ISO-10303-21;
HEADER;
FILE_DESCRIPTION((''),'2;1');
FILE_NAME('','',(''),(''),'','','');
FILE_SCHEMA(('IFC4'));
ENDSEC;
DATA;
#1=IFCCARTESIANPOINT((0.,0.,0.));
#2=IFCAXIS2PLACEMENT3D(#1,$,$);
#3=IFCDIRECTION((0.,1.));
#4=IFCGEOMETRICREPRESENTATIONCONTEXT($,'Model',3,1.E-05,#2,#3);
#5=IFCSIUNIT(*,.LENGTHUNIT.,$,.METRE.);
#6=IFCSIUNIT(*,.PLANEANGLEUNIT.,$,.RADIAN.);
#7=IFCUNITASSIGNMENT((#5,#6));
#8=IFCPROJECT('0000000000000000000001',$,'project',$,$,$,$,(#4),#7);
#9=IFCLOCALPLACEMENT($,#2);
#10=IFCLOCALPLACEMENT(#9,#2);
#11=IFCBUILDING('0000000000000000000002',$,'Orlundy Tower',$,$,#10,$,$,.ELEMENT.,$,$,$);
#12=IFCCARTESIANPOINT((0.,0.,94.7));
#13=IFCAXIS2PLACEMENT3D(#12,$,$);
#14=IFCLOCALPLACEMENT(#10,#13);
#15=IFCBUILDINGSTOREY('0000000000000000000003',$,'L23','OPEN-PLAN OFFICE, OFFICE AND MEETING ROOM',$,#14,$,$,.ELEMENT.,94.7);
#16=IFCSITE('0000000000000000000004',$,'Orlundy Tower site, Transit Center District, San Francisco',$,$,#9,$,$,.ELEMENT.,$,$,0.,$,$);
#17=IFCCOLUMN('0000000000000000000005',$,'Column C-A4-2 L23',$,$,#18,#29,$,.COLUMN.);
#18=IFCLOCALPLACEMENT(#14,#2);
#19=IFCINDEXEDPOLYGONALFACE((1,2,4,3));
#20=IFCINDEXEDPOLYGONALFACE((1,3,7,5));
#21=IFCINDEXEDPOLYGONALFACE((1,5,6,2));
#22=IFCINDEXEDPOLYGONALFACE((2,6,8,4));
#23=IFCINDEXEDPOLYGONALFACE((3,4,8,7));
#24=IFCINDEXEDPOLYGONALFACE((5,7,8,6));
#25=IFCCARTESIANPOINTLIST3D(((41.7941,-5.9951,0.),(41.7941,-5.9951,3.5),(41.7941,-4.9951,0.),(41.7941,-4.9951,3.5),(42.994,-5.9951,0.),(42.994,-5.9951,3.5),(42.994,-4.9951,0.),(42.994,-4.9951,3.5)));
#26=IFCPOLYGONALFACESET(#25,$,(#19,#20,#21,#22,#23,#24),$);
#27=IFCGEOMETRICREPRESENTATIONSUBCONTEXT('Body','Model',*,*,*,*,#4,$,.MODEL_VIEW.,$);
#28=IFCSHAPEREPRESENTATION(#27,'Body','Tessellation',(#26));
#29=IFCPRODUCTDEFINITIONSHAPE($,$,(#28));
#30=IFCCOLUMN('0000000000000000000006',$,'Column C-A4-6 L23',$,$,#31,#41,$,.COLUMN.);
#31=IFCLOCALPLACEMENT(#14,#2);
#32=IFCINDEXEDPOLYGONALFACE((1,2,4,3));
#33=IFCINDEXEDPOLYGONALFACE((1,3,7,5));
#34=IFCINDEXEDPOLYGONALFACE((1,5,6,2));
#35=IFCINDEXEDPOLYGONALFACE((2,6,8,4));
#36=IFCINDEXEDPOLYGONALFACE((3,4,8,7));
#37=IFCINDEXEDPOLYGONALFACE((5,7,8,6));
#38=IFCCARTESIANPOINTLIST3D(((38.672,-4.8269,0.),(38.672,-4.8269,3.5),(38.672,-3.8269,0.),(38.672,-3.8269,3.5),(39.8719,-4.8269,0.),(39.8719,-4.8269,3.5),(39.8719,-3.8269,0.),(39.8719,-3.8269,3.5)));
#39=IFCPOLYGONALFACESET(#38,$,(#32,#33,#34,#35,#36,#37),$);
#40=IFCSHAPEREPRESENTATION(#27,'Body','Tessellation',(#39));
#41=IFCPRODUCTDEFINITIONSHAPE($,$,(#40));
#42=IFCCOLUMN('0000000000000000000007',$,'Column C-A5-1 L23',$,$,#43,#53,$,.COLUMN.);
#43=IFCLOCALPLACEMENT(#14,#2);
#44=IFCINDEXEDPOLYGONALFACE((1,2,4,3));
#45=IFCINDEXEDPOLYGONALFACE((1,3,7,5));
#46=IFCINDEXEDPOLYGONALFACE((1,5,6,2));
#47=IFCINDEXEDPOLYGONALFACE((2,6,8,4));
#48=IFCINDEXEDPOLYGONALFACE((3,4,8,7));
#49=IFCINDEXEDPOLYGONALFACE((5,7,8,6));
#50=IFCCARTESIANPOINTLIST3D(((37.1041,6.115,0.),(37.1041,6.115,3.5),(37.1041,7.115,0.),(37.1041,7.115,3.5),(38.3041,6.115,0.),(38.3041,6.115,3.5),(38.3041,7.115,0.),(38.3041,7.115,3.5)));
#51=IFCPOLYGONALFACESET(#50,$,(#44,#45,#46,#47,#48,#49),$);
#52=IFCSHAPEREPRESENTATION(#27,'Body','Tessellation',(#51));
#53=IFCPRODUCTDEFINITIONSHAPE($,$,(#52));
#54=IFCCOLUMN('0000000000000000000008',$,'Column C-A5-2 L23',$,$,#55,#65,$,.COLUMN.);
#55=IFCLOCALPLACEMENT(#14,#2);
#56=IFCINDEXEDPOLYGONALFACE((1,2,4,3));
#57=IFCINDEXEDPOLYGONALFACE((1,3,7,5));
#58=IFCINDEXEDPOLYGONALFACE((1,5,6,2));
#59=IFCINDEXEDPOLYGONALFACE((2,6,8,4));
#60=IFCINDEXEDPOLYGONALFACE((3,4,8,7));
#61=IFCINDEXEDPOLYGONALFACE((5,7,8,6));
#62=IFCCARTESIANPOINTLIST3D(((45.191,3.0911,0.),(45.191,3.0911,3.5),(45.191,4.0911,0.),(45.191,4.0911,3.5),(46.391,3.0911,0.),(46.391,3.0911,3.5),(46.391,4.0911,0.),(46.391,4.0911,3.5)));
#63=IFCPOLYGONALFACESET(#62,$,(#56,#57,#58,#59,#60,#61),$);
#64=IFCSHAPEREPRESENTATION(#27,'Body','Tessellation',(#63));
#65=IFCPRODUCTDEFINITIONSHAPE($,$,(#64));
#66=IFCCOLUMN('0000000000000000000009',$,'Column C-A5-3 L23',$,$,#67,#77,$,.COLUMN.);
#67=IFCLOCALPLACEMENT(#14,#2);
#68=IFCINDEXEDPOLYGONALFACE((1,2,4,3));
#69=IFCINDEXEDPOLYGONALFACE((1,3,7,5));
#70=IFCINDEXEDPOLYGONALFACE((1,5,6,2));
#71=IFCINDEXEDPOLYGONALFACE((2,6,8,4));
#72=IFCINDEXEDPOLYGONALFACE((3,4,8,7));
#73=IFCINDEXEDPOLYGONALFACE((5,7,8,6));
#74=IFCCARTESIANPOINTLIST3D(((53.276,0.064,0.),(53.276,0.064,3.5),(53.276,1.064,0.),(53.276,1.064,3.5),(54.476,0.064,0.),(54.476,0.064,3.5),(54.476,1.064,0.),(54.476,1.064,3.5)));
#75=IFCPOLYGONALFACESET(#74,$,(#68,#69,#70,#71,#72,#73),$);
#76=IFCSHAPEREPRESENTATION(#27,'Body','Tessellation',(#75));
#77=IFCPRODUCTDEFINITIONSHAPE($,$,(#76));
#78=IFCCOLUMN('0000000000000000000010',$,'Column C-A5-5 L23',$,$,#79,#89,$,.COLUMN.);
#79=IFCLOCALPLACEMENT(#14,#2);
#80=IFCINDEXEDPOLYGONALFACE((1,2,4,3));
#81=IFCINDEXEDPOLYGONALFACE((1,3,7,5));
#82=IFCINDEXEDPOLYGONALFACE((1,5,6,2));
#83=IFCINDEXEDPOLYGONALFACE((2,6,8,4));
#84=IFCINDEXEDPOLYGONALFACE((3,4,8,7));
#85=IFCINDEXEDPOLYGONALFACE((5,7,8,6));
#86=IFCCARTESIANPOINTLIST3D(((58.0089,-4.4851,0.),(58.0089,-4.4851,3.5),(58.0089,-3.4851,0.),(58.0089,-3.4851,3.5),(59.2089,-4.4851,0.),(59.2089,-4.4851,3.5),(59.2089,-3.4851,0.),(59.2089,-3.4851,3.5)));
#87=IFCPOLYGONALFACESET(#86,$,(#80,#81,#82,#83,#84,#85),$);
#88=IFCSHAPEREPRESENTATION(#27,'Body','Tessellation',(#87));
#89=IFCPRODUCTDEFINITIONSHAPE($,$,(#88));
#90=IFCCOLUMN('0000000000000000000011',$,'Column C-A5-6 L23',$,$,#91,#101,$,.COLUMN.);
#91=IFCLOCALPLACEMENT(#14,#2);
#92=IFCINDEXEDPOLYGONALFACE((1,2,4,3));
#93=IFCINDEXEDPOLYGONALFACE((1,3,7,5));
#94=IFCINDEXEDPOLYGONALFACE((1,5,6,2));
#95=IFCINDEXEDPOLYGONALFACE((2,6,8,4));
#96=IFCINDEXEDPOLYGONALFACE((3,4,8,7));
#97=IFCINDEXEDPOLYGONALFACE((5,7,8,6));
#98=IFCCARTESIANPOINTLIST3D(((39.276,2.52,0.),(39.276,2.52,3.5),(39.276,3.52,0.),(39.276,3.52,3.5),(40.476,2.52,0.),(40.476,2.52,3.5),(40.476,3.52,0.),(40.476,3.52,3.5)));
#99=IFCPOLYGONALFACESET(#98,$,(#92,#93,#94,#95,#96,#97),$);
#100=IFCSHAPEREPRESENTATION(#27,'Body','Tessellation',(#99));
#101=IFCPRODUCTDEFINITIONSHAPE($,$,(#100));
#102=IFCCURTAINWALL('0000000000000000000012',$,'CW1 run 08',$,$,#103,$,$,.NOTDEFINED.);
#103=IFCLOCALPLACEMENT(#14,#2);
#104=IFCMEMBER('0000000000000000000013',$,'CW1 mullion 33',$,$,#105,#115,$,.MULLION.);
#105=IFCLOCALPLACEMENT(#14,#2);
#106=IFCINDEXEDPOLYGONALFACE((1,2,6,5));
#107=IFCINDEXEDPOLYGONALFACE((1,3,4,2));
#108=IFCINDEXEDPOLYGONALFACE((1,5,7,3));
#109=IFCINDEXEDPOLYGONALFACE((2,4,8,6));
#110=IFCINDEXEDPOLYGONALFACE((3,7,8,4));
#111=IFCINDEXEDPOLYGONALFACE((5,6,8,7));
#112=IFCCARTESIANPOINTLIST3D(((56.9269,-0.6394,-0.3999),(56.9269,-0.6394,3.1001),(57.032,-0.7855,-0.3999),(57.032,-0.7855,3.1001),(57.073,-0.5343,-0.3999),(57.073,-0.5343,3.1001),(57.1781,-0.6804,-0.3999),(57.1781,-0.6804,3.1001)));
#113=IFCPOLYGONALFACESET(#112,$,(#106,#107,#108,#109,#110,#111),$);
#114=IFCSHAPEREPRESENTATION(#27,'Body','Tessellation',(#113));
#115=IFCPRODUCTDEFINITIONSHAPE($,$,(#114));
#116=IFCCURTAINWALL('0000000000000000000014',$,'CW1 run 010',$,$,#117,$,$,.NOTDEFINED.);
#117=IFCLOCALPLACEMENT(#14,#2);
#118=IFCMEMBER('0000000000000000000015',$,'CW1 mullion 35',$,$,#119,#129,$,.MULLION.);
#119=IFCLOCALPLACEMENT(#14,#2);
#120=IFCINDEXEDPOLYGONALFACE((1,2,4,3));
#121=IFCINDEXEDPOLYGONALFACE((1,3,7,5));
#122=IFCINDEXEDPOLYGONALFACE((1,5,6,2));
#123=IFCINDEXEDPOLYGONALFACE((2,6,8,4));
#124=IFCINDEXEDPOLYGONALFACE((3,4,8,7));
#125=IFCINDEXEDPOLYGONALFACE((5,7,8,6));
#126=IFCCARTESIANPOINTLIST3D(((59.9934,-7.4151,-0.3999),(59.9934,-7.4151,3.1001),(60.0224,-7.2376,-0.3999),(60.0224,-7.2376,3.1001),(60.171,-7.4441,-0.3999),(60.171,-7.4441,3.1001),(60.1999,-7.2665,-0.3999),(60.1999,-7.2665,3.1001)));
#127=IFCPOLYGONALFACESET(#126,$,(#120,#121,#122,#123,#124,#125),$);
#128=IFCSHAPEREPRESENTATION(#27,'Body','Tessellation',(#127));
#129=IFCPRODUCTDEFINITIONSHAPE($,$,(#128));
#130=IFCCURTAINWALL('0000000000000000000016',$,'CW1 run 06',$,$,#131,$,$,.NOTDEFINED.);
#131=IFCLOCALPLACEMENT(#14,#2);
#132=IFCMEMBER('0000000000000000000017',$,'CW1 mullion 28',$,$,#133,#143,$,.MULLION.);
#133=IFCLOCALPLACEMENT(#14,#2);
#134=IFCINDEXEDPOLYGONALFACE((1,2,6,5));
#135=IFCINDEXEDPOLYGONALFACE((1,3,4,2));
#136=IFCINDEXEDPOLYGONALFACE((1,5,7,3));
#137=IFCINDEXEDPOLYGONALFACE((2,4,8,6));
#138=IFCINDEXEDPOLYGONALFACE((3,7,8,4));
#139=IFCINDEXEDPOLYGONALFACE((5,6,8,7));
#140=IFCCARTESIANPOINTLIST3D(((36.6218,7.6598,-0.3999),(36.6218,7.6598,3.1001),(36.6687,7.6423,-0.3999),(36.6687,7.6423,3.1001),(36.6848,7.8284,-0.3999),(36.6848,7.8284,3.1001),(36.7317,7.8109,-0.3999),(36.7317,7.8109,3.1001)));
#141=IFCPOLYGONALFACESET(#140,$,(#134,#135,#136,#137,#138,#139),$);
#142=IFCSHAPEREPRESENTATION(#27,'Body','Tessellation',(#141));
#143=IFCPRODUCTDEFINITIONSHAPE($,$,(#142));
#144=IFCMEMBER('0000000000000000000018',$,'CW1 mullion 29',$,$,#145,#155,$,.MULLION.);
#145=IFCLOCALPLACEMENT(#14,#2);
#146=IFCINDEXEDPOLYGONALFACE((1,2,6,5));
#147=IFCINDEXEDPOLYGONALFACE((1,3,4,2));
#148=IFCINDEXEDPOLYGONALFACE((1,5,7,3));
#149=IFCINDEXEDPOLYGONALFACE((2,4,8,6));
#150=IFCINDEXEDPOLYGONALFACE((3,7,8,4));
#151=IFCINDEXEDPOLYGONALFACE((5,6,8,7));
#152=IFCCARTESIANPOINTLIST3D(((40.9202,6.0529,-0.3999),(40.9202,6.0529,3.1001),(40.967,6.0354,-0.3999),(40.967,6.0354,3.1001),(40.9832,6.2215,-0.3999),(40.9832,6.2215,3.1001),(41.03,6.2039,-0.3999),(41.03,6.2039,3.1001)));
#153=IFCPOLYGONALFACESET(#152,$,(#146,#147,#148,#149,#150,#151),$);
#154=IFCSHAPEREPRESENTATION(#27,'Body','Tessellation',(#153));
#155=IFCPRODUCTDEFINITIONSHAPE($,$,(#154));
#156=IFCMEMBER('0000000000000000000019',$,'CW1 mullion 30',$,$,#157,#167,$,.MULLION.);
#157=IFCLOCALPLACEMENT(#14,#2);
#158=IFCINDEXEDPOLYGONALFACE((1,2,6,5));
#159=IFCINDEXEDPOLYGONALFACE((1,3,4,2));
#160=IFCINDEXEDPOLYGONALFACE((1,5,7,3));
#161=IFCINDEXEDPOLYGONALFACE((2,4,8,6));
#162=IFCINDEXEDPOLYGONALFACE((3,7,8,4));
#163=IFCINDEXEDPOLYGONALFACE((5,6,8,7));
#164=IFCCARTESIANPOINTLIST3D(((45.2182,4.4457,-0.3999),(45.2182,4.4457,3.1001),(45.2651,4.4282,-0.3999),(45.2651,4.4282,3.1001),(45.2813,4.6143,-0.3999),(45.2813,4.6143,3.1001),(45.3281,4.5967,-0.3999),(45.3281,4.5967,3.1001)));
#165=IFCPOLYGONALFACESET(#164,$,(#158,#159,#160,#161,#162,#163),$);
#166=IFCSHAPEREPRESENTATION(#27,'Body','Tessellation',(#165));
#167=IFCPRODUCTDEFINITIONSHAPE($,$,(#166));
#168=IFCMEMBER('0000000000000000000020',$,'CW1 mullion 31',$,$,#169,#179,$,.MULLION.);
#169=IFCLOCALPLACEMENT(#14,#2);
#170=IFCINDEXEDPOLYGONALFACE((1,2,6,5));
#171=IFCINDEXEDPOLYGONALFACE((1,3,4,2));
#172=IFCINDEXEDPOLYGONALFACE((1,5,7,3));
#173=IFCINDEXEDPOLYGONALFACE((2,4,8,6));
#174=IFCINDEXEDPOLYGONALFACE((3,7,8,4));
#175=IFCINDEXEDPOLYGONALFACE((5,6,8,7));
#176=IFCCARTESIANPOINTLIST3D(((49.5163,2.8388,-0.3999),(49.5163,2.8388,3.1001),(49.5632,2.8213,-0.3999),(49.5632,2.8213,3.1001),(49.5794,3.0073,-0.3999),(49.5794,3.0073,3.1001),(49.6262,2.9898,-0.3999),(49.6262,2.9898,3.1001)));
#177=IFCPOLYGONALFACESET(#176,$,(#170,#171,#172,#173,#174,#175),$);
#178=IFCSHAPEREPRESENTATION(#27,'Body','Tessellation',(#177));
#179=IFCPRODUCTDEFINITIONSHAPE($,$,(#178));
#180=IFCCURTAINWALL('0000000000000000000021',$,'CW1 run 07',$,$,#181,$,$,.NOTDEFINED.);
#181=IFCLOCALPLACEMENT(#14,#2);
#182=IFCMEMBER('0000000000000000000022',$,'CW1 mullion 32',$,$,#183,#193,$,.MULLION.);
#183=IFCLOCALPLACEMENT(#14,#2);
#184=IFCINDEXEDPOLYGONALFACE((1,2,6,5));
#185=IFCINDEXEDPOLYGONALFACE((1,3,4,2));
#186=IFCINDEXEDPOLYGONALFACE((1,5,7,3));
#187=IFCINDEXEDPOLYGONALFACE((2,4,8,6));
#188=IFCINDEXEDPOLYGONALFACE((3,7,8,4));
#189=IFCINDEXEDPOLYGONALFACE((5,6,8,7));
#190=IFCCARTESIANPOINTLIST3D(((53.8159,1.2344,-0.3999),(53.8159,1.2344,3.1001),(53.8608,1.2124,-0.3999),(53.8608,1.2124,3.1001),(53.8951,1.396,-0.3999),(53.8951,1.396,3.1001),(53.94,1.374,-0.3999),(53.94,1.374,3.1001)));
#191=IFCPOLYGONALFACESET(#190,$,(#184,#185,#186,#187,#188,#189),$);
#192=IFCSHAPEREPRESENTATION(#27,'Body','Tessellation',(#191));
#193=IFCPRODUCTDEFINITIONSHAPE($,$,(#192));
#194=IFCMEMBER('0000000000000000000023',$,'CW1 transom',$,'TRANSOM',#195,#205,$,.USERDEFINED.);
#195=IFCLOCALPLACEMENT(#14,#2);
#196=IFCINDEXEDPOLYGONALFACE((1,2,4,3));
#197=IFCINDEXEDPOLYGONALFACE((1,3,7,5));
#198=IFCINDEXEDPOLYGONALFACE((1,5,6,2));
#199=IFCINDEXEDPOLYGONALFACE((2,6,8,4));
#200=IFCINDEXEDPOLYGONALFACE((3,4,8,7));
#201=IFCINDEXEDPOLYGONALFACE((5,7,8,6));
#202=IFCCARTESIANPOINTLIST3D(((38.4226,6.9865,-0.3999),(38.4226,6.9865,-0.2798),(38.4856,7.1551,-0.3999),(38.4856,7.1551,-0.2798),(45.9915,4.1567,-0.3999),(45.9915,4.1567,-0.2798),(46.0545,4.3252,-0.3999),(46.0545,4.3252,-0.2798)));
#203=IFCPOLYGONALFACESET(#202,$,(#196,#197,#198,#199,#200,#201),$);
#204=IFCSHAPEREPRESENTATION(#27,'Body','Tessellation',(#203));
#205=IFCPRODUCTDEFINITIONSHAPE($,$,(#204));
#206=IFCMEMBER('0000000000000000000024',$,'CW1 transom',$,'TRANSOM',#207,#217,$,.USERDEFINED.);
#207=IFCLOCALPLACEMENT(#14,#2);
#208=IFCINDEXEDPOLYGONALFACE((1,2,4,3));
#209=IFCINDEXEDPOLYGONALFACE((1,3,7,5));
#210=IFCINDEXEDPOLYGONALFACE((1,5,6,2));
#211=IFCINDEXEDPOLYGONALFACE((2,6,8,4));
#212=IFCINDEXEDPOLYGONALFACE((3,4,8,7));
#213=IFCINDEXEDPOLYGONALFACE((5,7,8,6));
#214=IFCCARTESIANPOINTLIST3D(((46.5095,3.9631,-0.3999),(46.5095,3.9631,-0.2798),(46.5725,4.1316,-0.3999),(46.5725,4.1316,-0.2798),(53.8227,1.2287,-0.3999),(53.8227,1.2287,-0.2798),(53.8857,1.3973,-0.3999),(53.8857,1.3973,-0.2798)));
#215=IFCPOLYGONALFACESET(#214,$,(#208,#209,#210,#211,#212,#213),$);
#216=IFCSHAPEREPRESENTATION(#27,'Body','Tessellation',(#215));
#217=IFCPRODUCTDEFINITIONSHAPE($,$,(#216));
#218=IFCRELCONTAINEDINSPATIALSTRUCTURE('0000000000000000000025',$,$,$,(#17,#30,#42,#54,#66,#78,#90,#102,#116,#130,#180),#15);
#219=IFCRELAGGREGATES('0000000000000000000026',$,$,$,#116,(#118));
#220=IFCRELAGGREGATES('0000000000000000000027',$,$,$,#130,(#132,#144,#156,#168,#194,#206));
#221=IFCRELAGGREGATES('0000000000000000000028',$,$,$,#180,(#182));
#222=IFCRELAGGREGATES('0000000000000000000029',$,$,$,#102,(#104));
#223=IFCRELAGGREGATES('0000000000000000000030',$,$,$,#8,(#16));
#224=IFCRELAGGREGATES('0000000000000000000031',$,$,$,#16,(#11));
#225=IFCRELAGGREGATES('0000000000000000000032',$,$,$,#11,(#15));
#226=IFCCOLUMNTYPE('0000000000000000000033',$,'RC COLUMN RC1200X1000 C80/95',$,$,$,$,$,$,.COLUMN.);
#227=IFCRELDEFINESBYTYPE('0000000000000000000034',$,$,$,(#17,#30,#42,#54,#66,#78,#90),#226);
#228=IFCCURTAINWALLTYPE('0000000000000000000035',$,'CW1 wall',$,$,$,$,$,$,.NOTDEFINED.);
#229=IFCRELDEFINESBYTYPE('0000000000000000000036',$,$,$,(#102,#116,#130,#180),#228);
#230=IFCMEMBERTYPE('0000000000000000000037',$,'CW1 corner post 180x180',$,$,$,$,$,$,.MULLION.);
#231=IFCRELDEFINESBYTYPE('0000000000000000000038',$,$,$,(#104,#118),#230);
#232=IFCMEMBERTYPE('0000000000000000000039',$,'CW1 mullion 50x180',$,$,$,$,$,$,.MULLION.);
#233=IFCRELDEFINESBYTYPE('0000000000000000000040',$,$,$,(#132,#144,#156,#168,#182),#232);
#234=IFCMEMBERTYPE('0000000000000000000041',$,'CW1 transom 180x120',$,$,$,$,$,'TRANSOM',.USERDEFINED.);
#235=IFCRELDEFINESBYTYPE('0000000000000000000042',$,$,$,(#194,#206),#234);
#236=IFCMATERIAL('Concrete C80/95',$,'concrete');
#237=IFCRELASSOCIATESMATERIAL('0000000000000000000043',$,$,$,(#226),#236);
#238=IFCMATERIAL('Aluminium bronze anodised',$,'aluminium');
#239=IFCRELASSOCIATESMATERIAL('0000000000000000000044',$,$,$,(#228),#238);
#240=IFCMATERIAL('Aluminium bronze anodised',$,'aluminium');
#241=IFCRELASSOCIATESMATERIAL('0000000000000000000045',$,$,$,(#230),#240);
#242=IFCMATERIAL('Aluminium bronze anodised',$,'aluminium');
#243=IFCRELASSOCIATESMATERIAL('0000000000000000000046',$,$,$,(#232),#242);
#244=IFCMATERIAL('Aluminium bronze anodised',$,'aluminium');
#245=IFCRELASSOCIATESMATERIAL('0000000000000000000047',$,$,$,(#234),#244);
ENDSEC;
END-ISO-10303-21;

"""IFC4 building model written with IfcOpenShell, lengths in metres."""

from ifc_helpers import new_model, si_unit, direction, frame, origin, origin_2d, place, context, subcontext, project, spatial, rectangle, extrude, material, material_profile, profile_set, type_object, element, aggregate, save


model = new_model("IFC4")

# Units and contexts
model_context = context("Model", 3, precision=1e-05, world=origin(), true_north=direction((0.0, 1.0)))
body_context = subcontext(model_context, "Body", "Model", "MODEL_VIEW")
ifc_project = project(units=[si_unit("LENGTHUNIT", "METRE"), si_unit("PLANEANGLEUNIT", "RADIAN")], contexts=[model_context])

# Site, building, storey
site_placement = place(None, origin())
site = spatial("IfcSite", under=ifc_project, at=site_placement, Name="Orlundy Tower site, Transit Center District, San Francisco", CompositionType="ELEMENT", RefElevation=0.0)
building_placement = place(site_placement, origin())
building = spatial("IfcBuilding", under=site, at=building_placement, Name="Orlundy Tower", CompositionType="ELEMENT")
storey_placement = place(building_placement, frame((0.0, 0.0, 94.7)))
storey = spatial("IfcBuildingStorey", under=building, at=storey_placement, Name="L23", Description="OPEN-PLAN OFFICE, OFFICE AND MEETING ROOM", CompositionType="ELEMENT", Elevation=94.7)

# Columns
ifc_material_1 = material(Name="Concrete C80/95", Category="concrete")
ifc_material_profile_1 = material_profile(ifc_material_1, rectangle(XDim=1.2, YDim=1.0, at=origin_2d()), Name="RC1200X1000")
ifc_profile_set_1 = profile_set([ifc_material_profile_1], Name="Concrete C80/95")
column_type = type_object("IfcColumnType", Name="RC COLUMN RC1200X1000 C80/95", PredefinedType="COLUMN", material=ifc_profile_set_1)
for number, where, z_axis, x_axis, name in (
    (1, (42.394, -5.4951, 0.0), (0.0, 0.0, 1.0), (1.0, 0.0, 0.0), "Column C-A4-2 L23"),
    (2, (39.272, -4.3269, 0.0), (0.0, 0.0, 1.0), (1.0, 0.0, 0.0), "Column C-A4-6 L23"),
    (3, (37.7041, 6.615, 0.0), (0.0, 0.0, 1.0), (1.0, 0.0, 0.0), "Column C-A5-1 L23"),
    (4, (45.791, 3.5911, 0.0), (0.0, 0.0, 1.0), (1.0, 0.0, 0.0), "Column C-A5-2 L23"),
    (5, (53.876, 0.564, 0.0), (0.0, 0.0, 1.0), (1.0, 0.0, 0.0), "Column C-A5-3 L23"),
    (6, (58.6089, -3.9851, 0.0), (0.0, 0.0, 1.0), (1.0, 0.0, 0.0), "Column C-A5-5 L23"),
    (7, (39.876, 3.02, 0.0), (0.0, 0.0, 1.0), (1.0, 0.0, 0.0), "Column C-A5-6 L23"),
):
    element("IfcColumn", number, at=place(storey_placement, frame(where, z_axis=z_axis, x_axis=x_axis)), inside=storey, type_object=column_type, Name=name, PredefinedType="COLUMN", context=body_context, shape_type="SweptSolid", body=[
        extrude(rectangle(XDim=1.2, YDim=1.0, at=origin_2d()), origin(), (0.0, 0.0, 1.0), 3.5),
    ])

# Curtain walls, members
ifc_material_2 = material(Name="Aluminium bronze anodised", Category="aluminium")
curtain_wall_type = type_object("IfcCurtainWallType", Name="CW1 wall", PredefinedType="NOTDEFINED", material=ifc_material_2)
curtain_wall_1_placement = place(storey_placement, origin())
curtain_wall_1 = element("IfcCurtainWall", 8, at=curtain_wall_1_placement, inside=storey, type_object=curtain_wall_type, Name="CW1 run 08", PredefinedType="NOTDEFINED")
ifc_material_3 = material(Name="Aluminium bronze anodised", Category="aluminium")
ifc_material_profile_2 = material_profile(ifc_material_3, rectangle(XDim=0.1799, YDim=0.1799, at=origin_2d()), Name="CW1 corner post 180x180")
ifc_profile_set_2 = profile_set([ifc_material_profile_2], Name="Aluminium bronze anodised")
member_type_1 = type_object("IfcMemberType", Name="CW1 corner post 180x180", PredefinedType="MULLION", material=ifc_profile_set_2)
member_1_placement = place(storey_placement, frame((57.0525, -0.6599, -0.3999), z_axis=(0.0, 0.0, 1.0), x_axis=(0.811724, 0.584042, 0.0)))
member_1 = element("IfcMember", 9, at=member_1_placement, type_object=member_type_1, Name="CW1 mullion 33", PredefinedType="MULLION", context=body_context, shape_type="SweptSolid", body=[
    extrude(rectangle(XDim=0.1799, YDim=0.1799, at=origin_2d()), origin(), (0.0, 0.0, 1.0), 3.5),
])
curtain_wall_2_placement = place(storey_placement, origin())
curtain_wall_2 = element("IfcCurtainWall", 10, at=curtain_wall_2_placement, inside=storey, type_object=curtain_wall_type, Name="CW1 run 010", PredefinedType="NOTDEFINED")
member_2_placement = place(storey_placement, frame((60.0967, -7.3408, -0.3999), z_axis=(0.0, 0.0, 1.0), x_axis=(0.986985, -0.16081, 0.0)))
member_2 = element("IfcMember", 11, at=member_2_placement, type_object=member_type_1, Name="CW1 mullion 35", PredefinedType="MULLION", context=body_context, shape_type="SweptSolid", body=[
    extrude(rectangle(XDim=0.1799, YDim=0.1799, at=origin_2d()), origin(), (0.0, 0.0, 1.0), 3.5),
])

# Curtain wall, members
curtain_wall_3_placement = place(storey_placement, origin())
curtain_wall_3 = element("IfcCurtainWall", 12, at=curtain_wall_3_placement, inside=storey, type_object=curtain_wall_type, Name="CW1 run 06", PredefinedType="NOTDEFINED")
ifc_material_4 = material(Name="Aluminium bronze anodised", Category="aluminium")
ifc_material_profile_3 = material_profile(ifc_material_4, rectangle(XDim=0.1799, YDim=0.05, at=origin_2d()), Name="CW1 mullion 50x180")
ifc_profile_set_3 = profile_set([ifc_material_profile_3], Name="Aluminium bronze anodised")
member_type_2 = type_object("IfcMemberType", Name="CW1 mullion 50x180", PredefinedType="MULLION", material=ifc_profile_set_3)
member_3_placement = place(storey_placement, frame((36.6768, 7.7354, -0.3999), z_axis=(0.0, 0.0, 1.0), x_axis=(0.350204, 0.936674, 0.0)))
member_3 = element("IfcMember", 13, at=member_3_placement, type_object=member_type_2, Name="CW1 mullion 28", PredefinedType="MULLION", context=body_context, shape_type="SweptSolid", body=[
    extrude(rectangle(XDim=0.1799, YDim=0.05, at=origin_2d()), origin(), (0.0, 0.0, 1.0), 3.5),
])
member_4_placement = place(storey_placement, frame((40.9751, 6.1284, -0.3999), z_axis=(0.0, 0.0, 1.0), x_axis=(0.350204, 0.936674, 0.0)))
member_4 = element("IfcMember", 14, at=member_4_placement, type_object=member_type_2, Name="CW1 mullion 29", PredefinedType="MULLION", context=body_context, shape_type="SweptSolid", body=[
    extrude(rectangle(XDim=0.1799, YDim=0.05, at=origin_2d()), origin(), (0.0, 0.0, 1.0), 3.5),
])
member_5_placement = place(storey_placement, frame((45.2732, 4.5212, -0.3999), z_axis=(0.0, 0.0, 1.0), x_axis=(0.350204, 0.936674, 0.0)))
member_5 = element("IfcMember", 15, at=member_5_placement, type_object=member_type_2, Name="CW1 mullion 30", PredefinedType="MULLION", context=body_context, shape_type="SweptSolid", body=[
    extrude(rectangle(XDim=0.1799, YDim=0.05, at=origin_2d()), origin(), (0.0, 0.0, 1.0), 3.5),
])
member_6_placement = place(storey_placement, frame((49.5713, 2.9143, -0.3999), z_axis=(0.0, 0.0, 1.0), x_axis=(0.350204, 0.936674, 0.0)))
member_6 = element("IfcMember", 16, at=member_6_placement, type_object=member_type_2, Name="CW1 mullion 31", PredefinedType="MULLION", context=body_context, shape_type="SweptSolid", body=[
    extrude(rectangle(XDim=0.1799, YDim=0.05, at=origin_2d()), origin(), (0.0, 0.0, 1.0), 3.5),
])

# Curtain wall, member
curtain_wall_4_placement = place(storey_placement, origin())
curtain_wall_4 = element("IfcCurtainWall", 17, at=curtain_wall_4_placement, inside=storey, type_object=curtain_wall_type, Name="CW1 run 07", PredefinedType="NOTDEFINED")
member_7_placement = place(storey_placement, frame((53.8779, 1.3042, -0.3999), z_axis=(0.0, 0.0, 1.0), x_axis=(0.440276, 0.897862, 0.0)))
member_7 = element("IfcMember", 18, at=member_7_placement, type_object=member_type_2, Name="CW1 mullion 32", PredefinedType="MULLION", context=body_context, shape_type="SweptSolid", body=[
    extrude(rectangle(XDim=0.1799, YDim=0.05, at=origin_2d()), origin(), (0.0, 0.0, 1.0), 3.5),
])

# Members
ifc_material_5 = material(Name="Aluminium bronze anodised", Category="aluminium")
ifc_material_profile_4 = material_profile(ifc_material_5, rectangle(XDim=0.1799, YDim=0.1201, at=origin_2d()), Name="CW1 transom 180x120")
ifc_profile_set_4 = profile_set([ifc_material_profile_4], Name="Aluminium bronze anodised")
member_type_3 = type_object("IfcMemberType", Name="CW1 transom 180x120", ElementType="TRANSOM", PredefinedType="USERDEFINED", material=ifc_profile_set_4)
member_8_placement = place(storey_placement, frame((38.4541, 7.0708, -0.3398), z_axis=(0.936674, -0.350203, 0.0), x_axis=(0.350203, 0.936674, 0.0)))
member_8 = element("IfcMember", 19, at=member_8_placement, type_object=member_type_3, Name="CW1 transom", ObjectType="TRANSOM", PredefinedType="USERDEFINED", context=body_context, shape_type="SweptSolid", body=[
    extrude(rectangle(XDim=0.1799, YDim=0.1201, at=origin_2d()), origin(), (0.0, 0.0, 1.0), 8.0806),
])
member_9_placement = place(storey_placement, frame((46.541, 4.0474, -0.3398), z_axis=(0.936669, -0.350215, 0.0), x_axis=(0.350215, 0.936669, 0.0)))
member_9 = element("IfcMember", 20, at=member_9_placement, type_object=member_type_3, Name="CW1 transom", ObjectType="TRANSOM", PredefinedType="USERDEFINED", context=body_context, shape_type="SweptSolid", body=[
    extrude(rectangle(XDim=0.1799, YDim=0.1201, at=origin_2d()), origin(), (0.0, 0.0, 1.0), 7.8076),
])

aggregate(curtain_wall_2, [member_2])

aggregate(curtain_wall_3, [member_3, member_4, member_5, member_6, member_8, member_9])
aggregate(curtain_wall_4, [member_7])
aggregate(curtain_wall_1, [member_1])

save(model, "model.ifc")
